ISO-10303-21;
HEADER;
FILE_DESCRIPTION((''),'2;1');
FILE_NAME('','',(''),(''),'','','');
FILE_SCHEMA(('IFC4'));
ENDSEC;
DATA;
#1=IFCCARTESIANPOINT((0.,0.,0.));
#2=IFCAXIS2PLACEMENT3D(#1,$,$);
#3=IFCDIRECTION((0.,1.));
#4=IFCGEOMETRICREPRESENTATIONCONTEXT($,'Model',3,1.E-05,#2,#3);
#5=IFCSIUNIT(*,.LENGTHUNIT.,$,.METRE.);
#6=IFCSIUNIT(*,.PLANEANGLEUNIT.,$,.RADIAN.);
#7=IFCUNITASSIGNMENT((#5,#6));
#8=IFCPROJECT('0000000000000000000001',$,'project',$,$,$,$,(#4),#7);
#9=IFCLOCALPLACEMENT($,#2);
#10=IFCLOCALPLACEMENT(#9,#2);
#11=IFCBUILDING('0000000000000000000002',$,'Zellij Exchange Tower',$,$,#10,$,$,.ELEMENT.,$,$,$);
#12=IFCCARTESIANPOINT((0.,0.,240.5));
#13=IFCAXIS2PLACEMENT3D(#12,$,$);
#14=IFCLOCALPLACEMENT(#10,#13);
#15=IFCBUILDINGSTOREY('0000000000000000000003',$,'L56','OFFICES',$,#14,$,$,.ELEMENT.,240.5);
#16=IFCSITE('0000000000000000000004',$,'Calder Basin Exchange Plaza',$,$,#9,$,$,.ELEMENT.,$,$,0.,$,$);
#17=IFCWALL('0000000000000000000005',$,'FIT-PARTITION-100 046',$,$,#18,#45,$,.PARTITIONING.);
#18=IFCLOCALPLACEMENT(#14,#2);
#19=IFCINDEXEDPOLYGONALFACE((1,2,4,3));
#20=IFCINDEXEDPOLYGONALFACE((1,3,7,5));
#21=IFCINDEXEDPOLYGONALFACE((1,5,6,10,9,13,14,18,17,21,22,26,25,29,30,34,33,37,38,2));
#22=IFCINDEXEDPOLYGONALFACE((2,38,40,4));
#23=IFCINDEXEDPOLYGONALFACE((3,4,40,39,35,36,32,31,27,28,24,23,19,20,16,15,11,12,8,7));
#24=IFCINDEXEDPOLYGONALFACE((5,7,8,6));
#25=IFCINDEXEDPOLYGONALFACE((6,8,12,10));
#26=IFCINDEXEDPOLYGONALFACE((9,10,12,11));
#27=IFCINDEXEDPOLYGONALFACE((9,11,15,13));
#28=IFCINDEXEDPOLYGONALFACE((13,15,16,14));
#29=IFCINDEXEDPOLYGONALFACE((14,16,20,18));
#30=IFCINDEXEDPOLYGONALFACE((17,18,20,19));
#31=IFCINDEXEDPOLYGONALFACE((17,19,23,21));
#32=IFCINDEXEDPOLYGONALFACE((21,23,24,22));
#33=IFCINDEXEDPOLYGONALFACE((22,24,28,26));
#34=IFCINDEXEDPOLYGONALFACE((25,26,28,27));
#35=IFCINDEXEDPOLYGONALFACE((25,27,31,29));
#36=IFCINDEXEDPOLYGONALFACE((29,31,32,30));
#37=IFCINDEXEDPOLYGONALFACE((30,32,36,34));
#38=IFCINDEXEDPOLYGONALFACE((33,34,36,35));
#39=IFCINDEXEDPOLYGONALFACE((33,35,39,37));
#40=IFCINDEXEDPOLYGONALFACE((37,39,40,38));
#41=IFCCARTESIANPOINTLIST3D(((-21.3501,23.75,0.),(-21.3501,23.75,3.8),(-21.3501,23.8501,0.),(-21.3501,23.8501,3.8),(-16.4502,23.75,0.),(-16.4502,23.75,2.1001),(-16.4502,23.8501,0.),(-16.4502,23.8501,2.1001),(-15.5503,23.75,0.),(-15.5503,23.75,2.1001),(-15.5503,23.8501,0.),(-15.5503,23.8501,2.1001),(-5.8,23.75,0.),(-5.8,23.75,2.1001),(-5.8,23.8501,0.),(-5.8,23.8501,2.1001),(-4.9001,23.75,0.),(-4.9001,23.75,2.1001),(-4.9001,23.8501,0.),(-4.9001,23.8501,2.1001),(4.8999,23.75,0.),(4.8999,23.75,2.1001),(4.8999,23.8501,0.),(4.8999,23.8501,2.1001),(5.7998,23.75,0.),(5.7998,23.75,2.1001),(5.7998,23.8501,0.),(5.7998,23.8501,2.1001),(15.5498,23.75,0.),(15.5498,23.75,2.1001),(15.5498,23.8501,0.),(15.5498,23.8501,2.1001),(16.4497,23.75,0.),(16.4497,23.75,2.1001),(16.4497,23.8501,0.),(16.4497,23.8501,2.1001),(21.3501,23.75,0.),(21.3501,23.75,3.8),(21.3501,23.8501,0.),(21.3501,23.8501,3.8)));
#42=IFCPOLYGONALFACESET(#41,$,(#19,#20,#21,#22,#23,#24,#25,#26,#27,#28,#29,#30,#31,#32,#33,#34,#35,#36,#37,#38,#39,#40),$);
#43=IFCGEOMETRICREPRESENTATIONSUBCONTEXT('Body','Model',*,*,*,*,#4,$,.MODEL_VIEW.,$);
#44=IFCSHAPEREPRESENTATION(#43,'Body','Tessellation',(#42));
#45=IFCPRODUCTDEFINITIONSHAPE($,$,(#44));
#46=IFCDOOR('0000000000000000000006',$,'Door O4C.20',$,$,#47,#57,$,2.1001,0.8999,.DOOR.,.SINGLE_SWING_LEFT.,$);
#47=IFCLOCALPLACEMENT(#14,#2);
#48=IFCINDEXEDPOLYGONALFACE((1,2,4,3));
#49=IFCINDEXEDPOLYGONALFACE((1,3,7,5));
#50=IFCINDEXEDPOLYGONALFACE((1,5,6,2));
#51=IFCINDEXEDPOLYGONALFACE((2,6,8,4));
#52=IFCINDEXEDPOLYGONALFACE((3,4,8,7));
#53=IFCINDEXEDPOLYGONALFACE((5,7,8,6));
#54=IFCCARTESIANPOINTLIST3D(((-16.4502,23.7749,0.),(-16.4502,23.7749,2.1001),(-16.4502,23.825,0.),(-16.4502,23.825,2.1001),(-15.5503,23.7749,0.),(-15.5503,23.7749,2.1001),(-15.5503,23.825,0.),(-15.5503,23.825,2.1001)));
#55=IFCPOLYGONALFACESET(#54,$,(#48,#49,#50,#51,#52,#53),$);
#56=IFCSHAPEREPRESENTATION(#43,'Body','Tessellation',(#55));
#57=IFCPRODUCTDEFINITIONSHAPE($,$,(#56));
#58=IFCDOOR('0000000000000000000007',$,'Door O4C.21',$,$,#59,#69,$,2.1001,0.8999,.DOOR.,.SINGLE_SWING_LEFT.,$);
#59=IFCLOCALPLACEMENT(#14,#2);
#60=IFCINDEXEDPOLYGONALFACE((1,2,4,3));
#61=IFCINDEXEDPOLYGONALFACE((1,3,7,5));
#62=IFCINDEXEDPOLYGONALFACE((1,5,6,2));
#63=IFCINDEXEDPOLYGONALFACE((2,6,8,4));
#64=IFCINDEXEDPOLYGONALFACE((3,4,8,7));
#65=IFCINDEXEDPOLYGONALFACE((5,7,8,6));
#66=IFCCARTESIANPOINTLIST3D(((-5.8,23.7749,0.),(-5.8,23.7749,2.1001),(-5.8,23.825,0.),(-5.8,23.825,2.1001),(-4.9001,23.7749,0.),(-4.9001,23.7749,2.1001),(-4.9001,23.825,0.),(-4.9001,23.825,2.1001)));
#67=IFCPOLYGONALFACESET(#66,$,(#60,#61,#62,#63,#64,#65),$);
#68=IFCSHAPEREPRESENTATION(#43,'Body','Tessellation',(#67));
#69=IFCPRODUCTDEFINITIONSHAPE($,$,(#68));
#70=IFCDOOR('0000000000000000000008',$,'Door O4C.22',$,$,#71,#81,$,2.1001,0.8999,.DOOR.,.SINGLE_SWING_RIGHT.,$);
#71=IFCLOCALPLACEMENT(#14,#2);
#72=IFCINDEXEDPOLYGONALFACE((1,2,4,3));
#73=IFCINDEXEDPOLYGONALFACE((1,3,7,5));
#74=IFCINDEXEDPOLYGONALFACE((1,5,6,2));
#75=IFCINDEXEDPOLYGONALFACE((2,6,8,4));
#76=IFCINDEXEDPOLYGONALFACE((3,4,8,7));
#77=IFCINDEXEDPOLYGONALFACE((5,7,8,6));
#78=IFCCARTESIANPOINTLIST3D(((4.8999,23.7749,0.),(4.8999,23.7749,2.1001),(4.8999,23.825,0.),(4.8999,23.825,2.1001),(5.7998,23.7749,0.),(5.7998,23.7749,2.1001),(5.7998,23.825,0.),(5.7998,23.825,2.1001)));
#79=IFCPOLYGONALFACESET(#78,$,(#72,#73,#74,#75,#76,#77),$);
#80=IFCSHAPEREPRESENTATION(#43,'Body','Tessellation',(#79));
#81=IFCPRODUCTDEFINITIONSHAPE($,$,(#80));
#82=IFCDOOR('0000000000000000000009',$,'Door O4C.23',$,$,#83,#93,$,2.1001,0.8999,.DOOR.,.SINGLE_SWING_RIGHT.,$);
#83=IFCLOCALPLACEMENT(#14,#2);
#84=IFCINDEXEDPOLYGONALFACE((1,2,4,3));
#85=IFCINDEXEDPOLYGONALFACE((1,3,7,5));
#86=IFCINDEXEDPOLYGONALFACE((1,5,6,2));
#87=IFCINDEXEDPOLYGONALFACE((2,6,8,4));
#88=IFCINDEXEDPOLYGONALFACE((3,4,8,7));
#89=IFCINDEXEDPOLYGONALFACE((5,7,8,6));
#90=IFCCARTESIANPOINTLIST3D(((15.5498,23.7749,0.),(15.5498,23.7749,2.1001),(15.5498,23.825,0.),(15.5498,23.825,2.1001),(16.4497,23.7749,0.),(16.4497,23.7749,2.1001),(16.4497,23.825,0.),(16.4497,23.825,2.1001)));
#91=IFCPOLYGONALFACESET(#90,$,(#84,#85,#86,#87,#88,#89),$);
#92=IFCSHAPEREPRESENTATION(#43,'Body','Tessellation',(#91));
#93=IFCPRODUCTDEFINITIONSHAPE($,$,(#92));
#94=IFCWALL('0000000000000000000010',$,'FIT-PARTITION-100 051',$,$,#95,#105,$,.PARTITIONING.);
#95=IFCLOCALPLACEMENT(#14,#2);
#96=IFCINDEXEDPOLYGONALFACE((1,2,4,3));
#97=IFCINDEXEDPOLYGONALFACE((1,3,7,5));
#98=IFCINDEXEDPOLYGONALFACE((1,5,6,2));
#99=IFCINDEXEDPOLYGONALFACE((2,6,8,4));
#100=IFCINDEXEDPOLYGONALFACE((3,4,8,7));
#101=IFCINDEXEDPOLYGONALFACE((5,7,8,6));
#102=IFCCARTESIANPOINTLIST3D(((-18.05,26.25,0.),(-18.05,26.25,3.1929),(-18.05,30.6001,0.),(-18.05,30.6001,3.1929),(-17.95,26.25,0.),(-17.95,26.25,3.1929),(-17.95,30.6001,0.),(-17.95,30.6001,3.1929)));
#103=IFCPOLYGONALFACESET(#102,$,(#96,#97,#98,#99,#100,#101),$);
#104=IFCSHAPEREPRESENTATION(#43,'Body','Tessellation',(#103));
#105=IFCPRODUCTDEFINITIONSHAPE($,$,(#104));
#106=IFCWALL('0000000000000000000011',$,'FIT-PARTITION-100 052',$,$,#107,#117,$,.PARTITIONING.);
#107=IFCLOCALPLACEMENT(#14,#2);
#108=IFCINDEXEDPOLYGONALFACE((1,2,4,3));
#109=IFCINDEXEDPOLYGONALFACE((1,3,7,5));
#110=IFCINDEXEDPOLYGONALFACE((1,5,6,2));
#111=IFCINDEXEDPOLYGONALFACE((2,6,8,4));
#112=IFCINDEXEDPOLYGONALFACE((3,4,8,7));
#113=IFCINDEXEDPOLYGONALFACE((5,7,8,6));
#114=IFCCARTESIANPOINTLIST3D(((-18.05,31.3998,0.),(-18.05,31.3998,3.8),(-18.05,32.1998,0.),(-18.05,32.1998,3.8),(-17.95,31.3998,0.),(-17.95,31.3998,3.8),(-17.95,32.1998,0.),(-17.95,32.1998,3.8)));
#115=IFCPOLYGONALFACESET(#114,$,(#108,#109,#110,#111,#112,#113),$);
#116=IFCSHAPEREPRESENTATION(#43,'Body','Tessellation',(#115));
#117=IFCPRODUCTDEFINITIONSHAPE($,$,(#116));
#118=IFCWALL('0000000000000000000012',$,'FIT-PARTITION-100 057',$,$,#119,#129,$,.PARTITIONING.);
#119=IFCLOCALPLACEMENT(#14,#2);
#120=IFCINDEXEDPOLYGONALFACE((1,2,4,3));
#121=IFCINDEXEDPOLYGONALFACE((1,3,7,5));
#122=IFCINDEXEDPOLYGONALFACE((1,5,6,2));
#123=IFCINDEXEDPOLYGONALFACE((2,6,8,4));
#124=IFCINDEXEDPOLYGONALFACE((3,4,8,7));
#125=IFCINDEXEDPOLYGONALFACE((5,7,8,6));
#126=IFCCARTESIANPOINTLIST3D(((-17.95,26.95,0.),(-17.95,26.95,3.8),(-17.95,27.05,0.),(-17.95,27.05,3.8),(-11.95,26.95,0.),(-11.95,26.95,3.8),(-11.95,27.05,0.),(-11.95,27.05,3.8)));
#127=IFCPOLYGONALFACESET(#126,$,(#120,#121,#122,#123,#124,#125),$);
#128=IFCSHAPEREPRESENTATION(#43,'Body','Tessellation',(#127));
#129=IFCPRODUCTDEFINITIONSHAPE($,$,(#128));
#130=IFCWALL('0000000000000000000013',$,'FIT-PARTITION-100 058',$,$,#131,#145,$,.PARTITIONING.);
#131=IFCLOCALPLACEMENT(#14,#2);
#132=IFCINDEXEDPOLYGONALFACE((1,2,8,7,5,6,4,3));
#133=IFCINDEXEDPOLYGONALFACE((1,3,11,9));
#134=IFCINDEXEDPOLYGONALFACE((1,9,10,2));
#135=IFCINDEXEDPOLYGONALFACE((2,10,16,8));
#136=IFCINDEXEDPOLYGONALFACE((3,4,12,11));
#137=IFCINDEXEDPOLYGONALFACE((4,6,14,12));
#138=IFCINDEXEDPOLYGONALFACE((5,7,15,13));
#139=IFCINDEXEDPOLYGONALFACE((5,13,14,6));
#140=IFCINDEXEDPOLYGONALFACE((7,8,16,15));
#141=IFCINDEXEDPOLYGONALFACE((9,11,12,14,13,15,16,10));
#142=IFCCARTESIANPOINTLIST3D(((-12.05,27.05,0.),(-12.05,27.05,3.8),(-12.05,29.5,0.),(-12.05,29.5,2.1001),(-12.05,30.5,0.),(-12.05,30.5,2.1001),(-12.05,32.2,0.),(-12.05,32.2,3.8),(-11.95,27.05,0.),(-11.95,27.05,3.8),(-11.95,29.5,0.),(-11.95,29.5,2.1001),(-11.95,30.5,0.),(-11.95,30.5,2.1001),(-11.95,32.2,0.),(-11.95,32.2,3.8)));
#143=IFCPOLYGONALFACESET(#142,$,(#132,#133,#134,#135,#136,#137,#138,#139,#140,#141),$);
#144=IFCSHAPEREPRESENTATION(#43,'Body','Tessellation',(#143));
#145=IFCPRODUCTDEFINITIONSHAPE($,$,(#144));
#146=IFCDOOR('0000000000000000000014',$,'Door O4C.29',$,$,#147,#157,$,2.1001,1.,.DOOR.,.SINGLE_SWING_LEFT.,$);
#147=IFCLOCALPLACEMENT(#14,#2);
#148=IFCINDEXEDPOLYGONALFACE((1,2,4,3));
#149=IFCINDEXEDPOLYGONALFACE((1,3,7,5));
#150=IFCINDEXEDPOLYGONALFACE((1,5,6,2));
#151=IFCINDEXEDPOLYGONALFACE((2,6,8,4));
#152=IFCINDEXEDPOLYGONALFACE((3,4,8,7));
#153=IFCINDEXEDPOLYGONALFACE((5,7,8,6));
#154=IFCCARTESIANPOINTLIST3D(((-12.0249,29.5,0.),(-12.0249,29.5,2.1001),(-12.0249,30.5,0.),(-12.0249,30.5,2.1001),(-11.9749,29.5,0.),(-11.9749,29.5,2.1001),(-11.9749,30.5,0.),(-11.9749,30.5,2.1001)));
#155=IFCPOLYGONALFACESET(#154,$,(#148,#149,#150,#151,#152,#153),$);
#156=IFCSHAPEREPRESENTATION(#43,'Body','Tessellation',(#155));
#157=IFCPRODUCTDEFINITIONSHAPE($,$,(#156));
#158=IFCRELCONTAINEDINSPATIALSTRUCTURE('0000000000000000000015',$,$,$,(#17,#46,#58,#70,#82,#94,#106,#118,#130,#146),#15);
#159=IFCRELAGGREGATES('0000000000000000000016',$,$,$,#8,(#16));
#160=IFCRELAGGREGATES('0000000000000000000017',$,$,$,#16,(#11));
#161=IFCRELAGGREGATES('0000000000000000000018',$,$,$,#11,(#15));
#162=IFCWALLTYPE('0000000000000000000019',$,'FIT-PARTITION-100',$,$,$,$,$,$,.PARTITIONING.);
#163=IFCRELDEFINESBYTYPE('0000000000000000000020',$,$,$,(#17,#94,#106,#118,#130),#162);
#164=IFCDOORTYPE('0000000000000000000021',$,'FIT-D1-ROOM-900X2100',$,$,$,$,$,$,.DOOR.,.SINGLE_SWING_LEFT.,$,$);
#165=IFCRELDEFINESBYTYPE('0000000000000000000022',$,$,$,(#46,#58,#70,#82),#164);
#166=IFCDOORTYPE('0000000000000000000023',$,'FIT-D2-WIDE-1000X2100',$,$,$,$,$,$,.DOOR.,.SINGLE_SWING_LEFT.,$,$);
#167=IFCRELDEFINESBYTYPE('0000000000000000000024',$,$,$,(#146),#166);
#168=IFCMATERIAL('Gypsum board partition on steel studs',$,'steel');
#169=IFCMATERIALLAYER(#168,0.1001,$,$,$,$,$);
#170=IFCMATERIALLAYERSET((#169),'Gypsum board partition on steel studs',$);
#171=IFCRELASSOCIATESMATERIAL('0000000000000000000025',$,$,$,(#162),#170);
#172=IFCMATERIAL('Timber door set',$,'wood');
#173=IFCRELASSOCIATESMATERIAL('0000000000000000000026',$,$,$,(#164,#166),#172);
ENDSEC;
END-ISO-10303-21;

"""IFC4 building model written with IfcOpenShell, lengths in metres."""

from ifc_helpers import new_model, si_unit, direction, frame, frame_2d, origin, place, context, subcontext, project, spatial, rectangle, extrude, material, layer, layer_set, type_object, element, fill, save


model = new_model("IFC4")

# Units and contexts
model_context = context("Model", 3, precision=1e-05, world=origin(), true_north=direction((0.0, 1.0)))
body_context = subcontext(model_context, "Body", "Model", "MODEL_VIEW")
ifc_project = project(units=[si_unit("LENGTHUNIT", "METRE"), si_unit("PLANEANGLEUNIT", "RADIAN")], contexts=[model_context])

# Site, building, storey
site_placement = place(None, origin())
site = spatial("IfcSite", under=ifc_project, at=site_placement, Name="Calder Basin Exchange Plaza", CompositionType="ELEMENT", RefElevation=0.0)
building_placement = place(site_placement, origin())
building = spatial("IfcBuilding", under=site, at=building_placement, Name="Zellij Exchange Tower", CompositionType="ELEMENT")
storey_placement = place(building_placement, frame((0.0, 0.0, 240.5)))
storey = spatial("IfcBuildingStorey", under=building, at=storey_placement, Name="L56", Description="OFFICES", CompositionType="ELEMENT", Elevation=240.5)

# Shared definitions
ifc_material_1 = material(Name="Gypsum board partition on steel studs", Category="steel")
ifc_layer = layer(ifc_material_1, 0.1001)
ifc_layer_set = layer_set([ifc_layer], Name="Gypsum board partition on steel studs")
wall_type = type_object("IfcWallType", Name="FIT-PARTITION-100", PredefinedType="PARTITIONING", material=ifc_layer_set)

# Wall, openings, doors
wall_1_placement = place(storey_placement, frame((-21.3501, 23.8, 0.0), z_axis=(0.0, 0.0, 1.0), x_axis=(1.0, 0.0, 0.0)))
wall_1 = element("IfcWall", 1, at=wall_1_placement, inside=storey, type_object=wall_type, Name="FIT-PARTITION-100 046", PredefinedType="PARTITIONING", context=body_context, shape_type="SweptSolid", body=[
    extrude(rectangle(XDim=42.7002, YDim=0.1001, at=frame_2d((21.3501, 0.0))), origin(), (0.0, 0.0, 1.0), 3.8),
])
opening_1_placement = place(wall_1_placement, frame((4.8999, 0.0, 0.0)))
opening_1 = element("IfcOpeningElement", 2, at=opening_1_placement, cuts=wall_1, PredefinedType="OPENING", context=body_context, shape_type="SweptSolid", body=[
    extrude(rectangle(XDim=0.8999, YDim=2.1001, at=frame_2d((0.45, 1.05))), frame((0.0, 0.062, 0.0), z_axis=(0.0, -1.0, 0.0), x_axis=(1.0, 0.0, 0.0)), (0.0, 0.0, 1.0), 0.124),
])
opening_2_placement = place(wall_1_placement, frame((15.55, 0.0, 0.0)))
opening_2 = element("IfcOpeningElement", 3, at=opening_2_placement, cuts=wall_1, PredefinedType="OPENING", context=body_context, shape_type="SweptSolid", body=[
    extrude(rectangle(XDim=0.8999, YDim=2.1001, at=frame_2d((0.45, 1.05))), frame((0.0, 0.062, 0.0), z_axis=(0.0, -1.0, 0.0), x_axis=(1.0, 0.0, 0.0)), (0.0, 0.0, 1.0), 0.124),
])
opening_3_placement = place(wall_1_placement, frame((26.25, 0.0, 0.0)))
opening_3 = element("IfcOpeningElement", 4, at=opening_3_placement, cuts=wall_1, PredefinedType="OPENING", context=body_context, shape_type="SweptSolid", body=[
    extrude(rectangle(XDim=0.8999, YDim=2.1001, at=frame_2d((0.45, 1.05))), frame((0.0, 0.062, 0.0), z_axis=(0.0, -1.0, 0.0), x_axis=(1.0, 0.0, 0.0)), (0.0, 0.0, 1.0), 0.124),
])
opening_4_placement = place(wall_1_placement, frame((36.8999, 0.0, 0.0)))
opening_4 = element("IfcOpeningElement", 5, at=opening_4_placement, cuts=wall_1, PredefinedType="OPENING", context=body_context, shape_type="SweptSolid", body=[
    extrude(rectangle(XDim=0.8999, YDim=2.1001, at=frame_2d((0.45, 1.05))), frame((0.0, 0.062, 0.0), z_axis=(0.0, -1.0, 0.0), x_axis=(1.0, 0.0, 0.0)), (0.0, 0.0, 1.0), 0.124),
])
ifc_material_2 = material(Name="Timber door set", Category="wood")
door_type_1 = type_object("IfcDoorType", Name="FIT-D1-ROOM-900X2100", OperationType="SINGLE_SWING_LEFT", PredefinedType="DOOR", material=ifc_material_2)
door_1_placement = place(opening_1_placement, origin())
door_1 = element("IfcDoor", 6, at=door_1_placement, inside=storey, type_object=door_type_1, Name="Door O4C.20", OperationType="SINGLE_SWING_LEFT", OverallHeight=2.1001, OverallWidth=0.8999, PredefinedType="DOOR", context=body_context, shape_type="SweptSolid", body=[
    extrude(rectangle(XDim=0.8999, YDim=2.1001, at=frame_2d((0.45, 1.05))), frame((0.0, 0.0249, 0.0), z_axis=(0.0, -1.0, 0.0), x_axis=(1.0, 0.0, 0.0)), (0.0, 0.0, 1.0), 0.05),
])
fill(opening_1, door_1)
door_2_placement = place(opening_2_placement, origin())
door_2 = element("IfcDoor", 7, at=door_2_placement, inside=storey, type_object=door_type_1, Name="Door O4C.21", OperationType="SINGLE_SWING_LEFT", OverallHeight=2.1001, OverallWidth=0.8999, PredefinedType="DOOR", context=body_context, shape_type="SweptSolid", body=[
    extrude(rectangle(XDim=0.8999, YDim=2.1001, at=frame_2d((0.45, 1.05))), frame((0.0, 0.0249, 0.0), z_axis=(0.0, -1.0, 0.0), x_axis=(1.0, 0.0, 0.0)), (0.0, 0.0, 1.0), 0.05),
])
fill(opening_2, door_2)
door_3_placement = place(opening_3_placement, origin())
door_3 = element("IfcDoor", 8, at=door_3_placement, inside=storey, type_object=door_type_1, Name="Door O4C.22", OperationType="SINGLE_SWING_RIGHT", OverallHeight=2.1001, OverallWidth=0.8999, PredefinedType="DOOR", context=body_context, shape_type="SweptSolid", body=[
    extrude(rectangle(XDim=0.8999, YDim=2.1001, at=frame_2d((0.45, 1.05))), frame((0.0, 0.0249, 0.0), z_axis=(0.0, -1.0, 0.0), x_axis=(1.0, 0.0, 0.0)), (0.0, 0.0, 1.0), 0.05),
])
fill(opening_3, door_3)
door_4_placement = place(opening_4_placement, origin())
door_4 = element("IfcDoor", 9, at=door_4_placement, inside=storey, type_object=door_type_1, Name="Door O4C.23", OperationType="SINGLE_SWING_RIGHT", OverallHeight=2.1001, OverallWidth=0.8999, PredefinedType="DOOR", context=body_context, shape_type="SweptSolid", body=[
    extrude(rectangle(XDim=0.8999, YDim=2.1001, at=frame_2d((0.45, 1.05))), frame((0.0, 0.0249, 0.0), z_axis=(0.0, -1.0, 0.0), x_axis=(1.0, 0.0, 0.0)), (0.0, 0.0, 1.0), 0.05),
])
fill(opening_4, door_4)

# Walls
wall_2_placement = place(storey_placement, frame((-18.0, 26.25, 0.0), z_axis=(0.0, 0.0, 1.0), x_axis=(0.0, 1.0, 0.0)))
element("IfcWall", 10, at=wall_2_placement, inside=storey, type_object=wall_type, Name="FIT-PARTITION-100 051", PredefinedType="PARTITIONING", context=body_context, shape_type="SweptSolid", body=[
    extrude(rectangle(XDim=4.3501, YDim=0.1001, at=frame_2d((2.175, 0.0))), origin(), (0.0, 0.0, 1.0), 3.1929),
])
wall_3_placement = place(storey_placement, frame((-18.0, 31.3999, 0.0), z_axis=(0.0, 0.0, 1.0), x_axis=(0.0, 1.0, 0.0)))
element("IfcWall", 11, at=wall_3_placement, inside=storey, type_object=wall_type, Name="FIT-PARTITION-100 052", PredefinedType="PARTITIONING", context=body_context, shape_type="SweptSolid", body=[
    extrude(rectangle(XDim=0.8, YDim=0.1001, at=frame_2d((0.3999, 0.0))), origin(), (0.0, 0.0, 1.0), 3.8),
])
wall_4_placement = place(storey_placement, frame((-17.95, 27.0, 0.0), z_axis=(0.0, 0.0, 1.0), x_axis=(1.0, 0.0, 0.0)))
element("IfcWall", 12, at=wall_4_placement, inside=storey, type_object=wall_type, Name="FIT-PARTITION-100 057", PredefinedType="PARTITIONING", context=body_context, shape_type="SweptSolid", body=[
    extrude(rectangle(XDim=6.0, YDim=0.1001, at=frame_2d((3.0, 0.0))), origin(), (0.0, 0.0, 1.0), 3.8),
])

# Wall, opening, door
wall_5_placement = place(storey_placement, frame((-12.0, 27.05, 0.0), z_axis=(0.0, 0.0, 1.0), x_axis=(0.0, 1.0, 0.0)))
wall_5 = element("IfcWall", 13, at=wall_5_placement, inside=storey, type_object=wall_type, Name="FIT-PARTITION-100 058", PredefinedType="PARTITIONING", context=body_context, shape_type="SweptSolid", body=[
    extrude(rectangle(XDim=5.1499, YDim=0.1001, at=frame_2d((2.575, 0.0))), origin(), (0.0, 0.0, 1.0), 3.8),
])
opening_5_placement = place(wall_5_placement, frame((2.45, 0.0, 0.0)))
opening_5 = element("IfcOpeningElement", 14, at=opening_5_placement, cuts=wall_5, PredefinedType="OPENING", context=body_context, shape_type="SweptSolid", body=[
    extrude(rectangle(XDim=1.0, YDim=2.1001, at=frame_2d((0.5, 1.05))), frame((0.0, 0.062, 0.0), z_axis=(0.0, -1.0, 0.0), x_axis=(1.0, 0.0, 0.0)), (0.0, 0.0, 1.0), 0.124),
])
door_type_2 = type_object("IfcDoorType", Name="FIT-D2-WIDE-1000X2100", OperationType="SINGLE_SWING_LEFT", PredefinedType="DOOR", material=ifc_material_2)
door_5_placement = place(opening_5_placement, origin())
door_5 = element("IfcDoor", 15, at=door_5_placement, inside=storey, type_object=door_type_2, Name="Door O4C.29", OperationType="SINGLE_SWING_LEFT", OverallHeight=2.1001, OverallWidth=1.0, PredefinedType="DOOR", context=body_context, shape_type="SweptSolid", body=[
    extrude(rectangle(XDim=1.0, YDim=2.1001, at=frame_2d((0.5, 1.05))), frame((0.0, 0.0249, 0.0), z_axis=(0.0, -1.0, 0.0), x_axis=(1.0, 0.0, 0.0)), (0.0, 0.0, 1.0), 0.05),
])
fill(opening_5, door_5)

save(model, "model.ifc")
